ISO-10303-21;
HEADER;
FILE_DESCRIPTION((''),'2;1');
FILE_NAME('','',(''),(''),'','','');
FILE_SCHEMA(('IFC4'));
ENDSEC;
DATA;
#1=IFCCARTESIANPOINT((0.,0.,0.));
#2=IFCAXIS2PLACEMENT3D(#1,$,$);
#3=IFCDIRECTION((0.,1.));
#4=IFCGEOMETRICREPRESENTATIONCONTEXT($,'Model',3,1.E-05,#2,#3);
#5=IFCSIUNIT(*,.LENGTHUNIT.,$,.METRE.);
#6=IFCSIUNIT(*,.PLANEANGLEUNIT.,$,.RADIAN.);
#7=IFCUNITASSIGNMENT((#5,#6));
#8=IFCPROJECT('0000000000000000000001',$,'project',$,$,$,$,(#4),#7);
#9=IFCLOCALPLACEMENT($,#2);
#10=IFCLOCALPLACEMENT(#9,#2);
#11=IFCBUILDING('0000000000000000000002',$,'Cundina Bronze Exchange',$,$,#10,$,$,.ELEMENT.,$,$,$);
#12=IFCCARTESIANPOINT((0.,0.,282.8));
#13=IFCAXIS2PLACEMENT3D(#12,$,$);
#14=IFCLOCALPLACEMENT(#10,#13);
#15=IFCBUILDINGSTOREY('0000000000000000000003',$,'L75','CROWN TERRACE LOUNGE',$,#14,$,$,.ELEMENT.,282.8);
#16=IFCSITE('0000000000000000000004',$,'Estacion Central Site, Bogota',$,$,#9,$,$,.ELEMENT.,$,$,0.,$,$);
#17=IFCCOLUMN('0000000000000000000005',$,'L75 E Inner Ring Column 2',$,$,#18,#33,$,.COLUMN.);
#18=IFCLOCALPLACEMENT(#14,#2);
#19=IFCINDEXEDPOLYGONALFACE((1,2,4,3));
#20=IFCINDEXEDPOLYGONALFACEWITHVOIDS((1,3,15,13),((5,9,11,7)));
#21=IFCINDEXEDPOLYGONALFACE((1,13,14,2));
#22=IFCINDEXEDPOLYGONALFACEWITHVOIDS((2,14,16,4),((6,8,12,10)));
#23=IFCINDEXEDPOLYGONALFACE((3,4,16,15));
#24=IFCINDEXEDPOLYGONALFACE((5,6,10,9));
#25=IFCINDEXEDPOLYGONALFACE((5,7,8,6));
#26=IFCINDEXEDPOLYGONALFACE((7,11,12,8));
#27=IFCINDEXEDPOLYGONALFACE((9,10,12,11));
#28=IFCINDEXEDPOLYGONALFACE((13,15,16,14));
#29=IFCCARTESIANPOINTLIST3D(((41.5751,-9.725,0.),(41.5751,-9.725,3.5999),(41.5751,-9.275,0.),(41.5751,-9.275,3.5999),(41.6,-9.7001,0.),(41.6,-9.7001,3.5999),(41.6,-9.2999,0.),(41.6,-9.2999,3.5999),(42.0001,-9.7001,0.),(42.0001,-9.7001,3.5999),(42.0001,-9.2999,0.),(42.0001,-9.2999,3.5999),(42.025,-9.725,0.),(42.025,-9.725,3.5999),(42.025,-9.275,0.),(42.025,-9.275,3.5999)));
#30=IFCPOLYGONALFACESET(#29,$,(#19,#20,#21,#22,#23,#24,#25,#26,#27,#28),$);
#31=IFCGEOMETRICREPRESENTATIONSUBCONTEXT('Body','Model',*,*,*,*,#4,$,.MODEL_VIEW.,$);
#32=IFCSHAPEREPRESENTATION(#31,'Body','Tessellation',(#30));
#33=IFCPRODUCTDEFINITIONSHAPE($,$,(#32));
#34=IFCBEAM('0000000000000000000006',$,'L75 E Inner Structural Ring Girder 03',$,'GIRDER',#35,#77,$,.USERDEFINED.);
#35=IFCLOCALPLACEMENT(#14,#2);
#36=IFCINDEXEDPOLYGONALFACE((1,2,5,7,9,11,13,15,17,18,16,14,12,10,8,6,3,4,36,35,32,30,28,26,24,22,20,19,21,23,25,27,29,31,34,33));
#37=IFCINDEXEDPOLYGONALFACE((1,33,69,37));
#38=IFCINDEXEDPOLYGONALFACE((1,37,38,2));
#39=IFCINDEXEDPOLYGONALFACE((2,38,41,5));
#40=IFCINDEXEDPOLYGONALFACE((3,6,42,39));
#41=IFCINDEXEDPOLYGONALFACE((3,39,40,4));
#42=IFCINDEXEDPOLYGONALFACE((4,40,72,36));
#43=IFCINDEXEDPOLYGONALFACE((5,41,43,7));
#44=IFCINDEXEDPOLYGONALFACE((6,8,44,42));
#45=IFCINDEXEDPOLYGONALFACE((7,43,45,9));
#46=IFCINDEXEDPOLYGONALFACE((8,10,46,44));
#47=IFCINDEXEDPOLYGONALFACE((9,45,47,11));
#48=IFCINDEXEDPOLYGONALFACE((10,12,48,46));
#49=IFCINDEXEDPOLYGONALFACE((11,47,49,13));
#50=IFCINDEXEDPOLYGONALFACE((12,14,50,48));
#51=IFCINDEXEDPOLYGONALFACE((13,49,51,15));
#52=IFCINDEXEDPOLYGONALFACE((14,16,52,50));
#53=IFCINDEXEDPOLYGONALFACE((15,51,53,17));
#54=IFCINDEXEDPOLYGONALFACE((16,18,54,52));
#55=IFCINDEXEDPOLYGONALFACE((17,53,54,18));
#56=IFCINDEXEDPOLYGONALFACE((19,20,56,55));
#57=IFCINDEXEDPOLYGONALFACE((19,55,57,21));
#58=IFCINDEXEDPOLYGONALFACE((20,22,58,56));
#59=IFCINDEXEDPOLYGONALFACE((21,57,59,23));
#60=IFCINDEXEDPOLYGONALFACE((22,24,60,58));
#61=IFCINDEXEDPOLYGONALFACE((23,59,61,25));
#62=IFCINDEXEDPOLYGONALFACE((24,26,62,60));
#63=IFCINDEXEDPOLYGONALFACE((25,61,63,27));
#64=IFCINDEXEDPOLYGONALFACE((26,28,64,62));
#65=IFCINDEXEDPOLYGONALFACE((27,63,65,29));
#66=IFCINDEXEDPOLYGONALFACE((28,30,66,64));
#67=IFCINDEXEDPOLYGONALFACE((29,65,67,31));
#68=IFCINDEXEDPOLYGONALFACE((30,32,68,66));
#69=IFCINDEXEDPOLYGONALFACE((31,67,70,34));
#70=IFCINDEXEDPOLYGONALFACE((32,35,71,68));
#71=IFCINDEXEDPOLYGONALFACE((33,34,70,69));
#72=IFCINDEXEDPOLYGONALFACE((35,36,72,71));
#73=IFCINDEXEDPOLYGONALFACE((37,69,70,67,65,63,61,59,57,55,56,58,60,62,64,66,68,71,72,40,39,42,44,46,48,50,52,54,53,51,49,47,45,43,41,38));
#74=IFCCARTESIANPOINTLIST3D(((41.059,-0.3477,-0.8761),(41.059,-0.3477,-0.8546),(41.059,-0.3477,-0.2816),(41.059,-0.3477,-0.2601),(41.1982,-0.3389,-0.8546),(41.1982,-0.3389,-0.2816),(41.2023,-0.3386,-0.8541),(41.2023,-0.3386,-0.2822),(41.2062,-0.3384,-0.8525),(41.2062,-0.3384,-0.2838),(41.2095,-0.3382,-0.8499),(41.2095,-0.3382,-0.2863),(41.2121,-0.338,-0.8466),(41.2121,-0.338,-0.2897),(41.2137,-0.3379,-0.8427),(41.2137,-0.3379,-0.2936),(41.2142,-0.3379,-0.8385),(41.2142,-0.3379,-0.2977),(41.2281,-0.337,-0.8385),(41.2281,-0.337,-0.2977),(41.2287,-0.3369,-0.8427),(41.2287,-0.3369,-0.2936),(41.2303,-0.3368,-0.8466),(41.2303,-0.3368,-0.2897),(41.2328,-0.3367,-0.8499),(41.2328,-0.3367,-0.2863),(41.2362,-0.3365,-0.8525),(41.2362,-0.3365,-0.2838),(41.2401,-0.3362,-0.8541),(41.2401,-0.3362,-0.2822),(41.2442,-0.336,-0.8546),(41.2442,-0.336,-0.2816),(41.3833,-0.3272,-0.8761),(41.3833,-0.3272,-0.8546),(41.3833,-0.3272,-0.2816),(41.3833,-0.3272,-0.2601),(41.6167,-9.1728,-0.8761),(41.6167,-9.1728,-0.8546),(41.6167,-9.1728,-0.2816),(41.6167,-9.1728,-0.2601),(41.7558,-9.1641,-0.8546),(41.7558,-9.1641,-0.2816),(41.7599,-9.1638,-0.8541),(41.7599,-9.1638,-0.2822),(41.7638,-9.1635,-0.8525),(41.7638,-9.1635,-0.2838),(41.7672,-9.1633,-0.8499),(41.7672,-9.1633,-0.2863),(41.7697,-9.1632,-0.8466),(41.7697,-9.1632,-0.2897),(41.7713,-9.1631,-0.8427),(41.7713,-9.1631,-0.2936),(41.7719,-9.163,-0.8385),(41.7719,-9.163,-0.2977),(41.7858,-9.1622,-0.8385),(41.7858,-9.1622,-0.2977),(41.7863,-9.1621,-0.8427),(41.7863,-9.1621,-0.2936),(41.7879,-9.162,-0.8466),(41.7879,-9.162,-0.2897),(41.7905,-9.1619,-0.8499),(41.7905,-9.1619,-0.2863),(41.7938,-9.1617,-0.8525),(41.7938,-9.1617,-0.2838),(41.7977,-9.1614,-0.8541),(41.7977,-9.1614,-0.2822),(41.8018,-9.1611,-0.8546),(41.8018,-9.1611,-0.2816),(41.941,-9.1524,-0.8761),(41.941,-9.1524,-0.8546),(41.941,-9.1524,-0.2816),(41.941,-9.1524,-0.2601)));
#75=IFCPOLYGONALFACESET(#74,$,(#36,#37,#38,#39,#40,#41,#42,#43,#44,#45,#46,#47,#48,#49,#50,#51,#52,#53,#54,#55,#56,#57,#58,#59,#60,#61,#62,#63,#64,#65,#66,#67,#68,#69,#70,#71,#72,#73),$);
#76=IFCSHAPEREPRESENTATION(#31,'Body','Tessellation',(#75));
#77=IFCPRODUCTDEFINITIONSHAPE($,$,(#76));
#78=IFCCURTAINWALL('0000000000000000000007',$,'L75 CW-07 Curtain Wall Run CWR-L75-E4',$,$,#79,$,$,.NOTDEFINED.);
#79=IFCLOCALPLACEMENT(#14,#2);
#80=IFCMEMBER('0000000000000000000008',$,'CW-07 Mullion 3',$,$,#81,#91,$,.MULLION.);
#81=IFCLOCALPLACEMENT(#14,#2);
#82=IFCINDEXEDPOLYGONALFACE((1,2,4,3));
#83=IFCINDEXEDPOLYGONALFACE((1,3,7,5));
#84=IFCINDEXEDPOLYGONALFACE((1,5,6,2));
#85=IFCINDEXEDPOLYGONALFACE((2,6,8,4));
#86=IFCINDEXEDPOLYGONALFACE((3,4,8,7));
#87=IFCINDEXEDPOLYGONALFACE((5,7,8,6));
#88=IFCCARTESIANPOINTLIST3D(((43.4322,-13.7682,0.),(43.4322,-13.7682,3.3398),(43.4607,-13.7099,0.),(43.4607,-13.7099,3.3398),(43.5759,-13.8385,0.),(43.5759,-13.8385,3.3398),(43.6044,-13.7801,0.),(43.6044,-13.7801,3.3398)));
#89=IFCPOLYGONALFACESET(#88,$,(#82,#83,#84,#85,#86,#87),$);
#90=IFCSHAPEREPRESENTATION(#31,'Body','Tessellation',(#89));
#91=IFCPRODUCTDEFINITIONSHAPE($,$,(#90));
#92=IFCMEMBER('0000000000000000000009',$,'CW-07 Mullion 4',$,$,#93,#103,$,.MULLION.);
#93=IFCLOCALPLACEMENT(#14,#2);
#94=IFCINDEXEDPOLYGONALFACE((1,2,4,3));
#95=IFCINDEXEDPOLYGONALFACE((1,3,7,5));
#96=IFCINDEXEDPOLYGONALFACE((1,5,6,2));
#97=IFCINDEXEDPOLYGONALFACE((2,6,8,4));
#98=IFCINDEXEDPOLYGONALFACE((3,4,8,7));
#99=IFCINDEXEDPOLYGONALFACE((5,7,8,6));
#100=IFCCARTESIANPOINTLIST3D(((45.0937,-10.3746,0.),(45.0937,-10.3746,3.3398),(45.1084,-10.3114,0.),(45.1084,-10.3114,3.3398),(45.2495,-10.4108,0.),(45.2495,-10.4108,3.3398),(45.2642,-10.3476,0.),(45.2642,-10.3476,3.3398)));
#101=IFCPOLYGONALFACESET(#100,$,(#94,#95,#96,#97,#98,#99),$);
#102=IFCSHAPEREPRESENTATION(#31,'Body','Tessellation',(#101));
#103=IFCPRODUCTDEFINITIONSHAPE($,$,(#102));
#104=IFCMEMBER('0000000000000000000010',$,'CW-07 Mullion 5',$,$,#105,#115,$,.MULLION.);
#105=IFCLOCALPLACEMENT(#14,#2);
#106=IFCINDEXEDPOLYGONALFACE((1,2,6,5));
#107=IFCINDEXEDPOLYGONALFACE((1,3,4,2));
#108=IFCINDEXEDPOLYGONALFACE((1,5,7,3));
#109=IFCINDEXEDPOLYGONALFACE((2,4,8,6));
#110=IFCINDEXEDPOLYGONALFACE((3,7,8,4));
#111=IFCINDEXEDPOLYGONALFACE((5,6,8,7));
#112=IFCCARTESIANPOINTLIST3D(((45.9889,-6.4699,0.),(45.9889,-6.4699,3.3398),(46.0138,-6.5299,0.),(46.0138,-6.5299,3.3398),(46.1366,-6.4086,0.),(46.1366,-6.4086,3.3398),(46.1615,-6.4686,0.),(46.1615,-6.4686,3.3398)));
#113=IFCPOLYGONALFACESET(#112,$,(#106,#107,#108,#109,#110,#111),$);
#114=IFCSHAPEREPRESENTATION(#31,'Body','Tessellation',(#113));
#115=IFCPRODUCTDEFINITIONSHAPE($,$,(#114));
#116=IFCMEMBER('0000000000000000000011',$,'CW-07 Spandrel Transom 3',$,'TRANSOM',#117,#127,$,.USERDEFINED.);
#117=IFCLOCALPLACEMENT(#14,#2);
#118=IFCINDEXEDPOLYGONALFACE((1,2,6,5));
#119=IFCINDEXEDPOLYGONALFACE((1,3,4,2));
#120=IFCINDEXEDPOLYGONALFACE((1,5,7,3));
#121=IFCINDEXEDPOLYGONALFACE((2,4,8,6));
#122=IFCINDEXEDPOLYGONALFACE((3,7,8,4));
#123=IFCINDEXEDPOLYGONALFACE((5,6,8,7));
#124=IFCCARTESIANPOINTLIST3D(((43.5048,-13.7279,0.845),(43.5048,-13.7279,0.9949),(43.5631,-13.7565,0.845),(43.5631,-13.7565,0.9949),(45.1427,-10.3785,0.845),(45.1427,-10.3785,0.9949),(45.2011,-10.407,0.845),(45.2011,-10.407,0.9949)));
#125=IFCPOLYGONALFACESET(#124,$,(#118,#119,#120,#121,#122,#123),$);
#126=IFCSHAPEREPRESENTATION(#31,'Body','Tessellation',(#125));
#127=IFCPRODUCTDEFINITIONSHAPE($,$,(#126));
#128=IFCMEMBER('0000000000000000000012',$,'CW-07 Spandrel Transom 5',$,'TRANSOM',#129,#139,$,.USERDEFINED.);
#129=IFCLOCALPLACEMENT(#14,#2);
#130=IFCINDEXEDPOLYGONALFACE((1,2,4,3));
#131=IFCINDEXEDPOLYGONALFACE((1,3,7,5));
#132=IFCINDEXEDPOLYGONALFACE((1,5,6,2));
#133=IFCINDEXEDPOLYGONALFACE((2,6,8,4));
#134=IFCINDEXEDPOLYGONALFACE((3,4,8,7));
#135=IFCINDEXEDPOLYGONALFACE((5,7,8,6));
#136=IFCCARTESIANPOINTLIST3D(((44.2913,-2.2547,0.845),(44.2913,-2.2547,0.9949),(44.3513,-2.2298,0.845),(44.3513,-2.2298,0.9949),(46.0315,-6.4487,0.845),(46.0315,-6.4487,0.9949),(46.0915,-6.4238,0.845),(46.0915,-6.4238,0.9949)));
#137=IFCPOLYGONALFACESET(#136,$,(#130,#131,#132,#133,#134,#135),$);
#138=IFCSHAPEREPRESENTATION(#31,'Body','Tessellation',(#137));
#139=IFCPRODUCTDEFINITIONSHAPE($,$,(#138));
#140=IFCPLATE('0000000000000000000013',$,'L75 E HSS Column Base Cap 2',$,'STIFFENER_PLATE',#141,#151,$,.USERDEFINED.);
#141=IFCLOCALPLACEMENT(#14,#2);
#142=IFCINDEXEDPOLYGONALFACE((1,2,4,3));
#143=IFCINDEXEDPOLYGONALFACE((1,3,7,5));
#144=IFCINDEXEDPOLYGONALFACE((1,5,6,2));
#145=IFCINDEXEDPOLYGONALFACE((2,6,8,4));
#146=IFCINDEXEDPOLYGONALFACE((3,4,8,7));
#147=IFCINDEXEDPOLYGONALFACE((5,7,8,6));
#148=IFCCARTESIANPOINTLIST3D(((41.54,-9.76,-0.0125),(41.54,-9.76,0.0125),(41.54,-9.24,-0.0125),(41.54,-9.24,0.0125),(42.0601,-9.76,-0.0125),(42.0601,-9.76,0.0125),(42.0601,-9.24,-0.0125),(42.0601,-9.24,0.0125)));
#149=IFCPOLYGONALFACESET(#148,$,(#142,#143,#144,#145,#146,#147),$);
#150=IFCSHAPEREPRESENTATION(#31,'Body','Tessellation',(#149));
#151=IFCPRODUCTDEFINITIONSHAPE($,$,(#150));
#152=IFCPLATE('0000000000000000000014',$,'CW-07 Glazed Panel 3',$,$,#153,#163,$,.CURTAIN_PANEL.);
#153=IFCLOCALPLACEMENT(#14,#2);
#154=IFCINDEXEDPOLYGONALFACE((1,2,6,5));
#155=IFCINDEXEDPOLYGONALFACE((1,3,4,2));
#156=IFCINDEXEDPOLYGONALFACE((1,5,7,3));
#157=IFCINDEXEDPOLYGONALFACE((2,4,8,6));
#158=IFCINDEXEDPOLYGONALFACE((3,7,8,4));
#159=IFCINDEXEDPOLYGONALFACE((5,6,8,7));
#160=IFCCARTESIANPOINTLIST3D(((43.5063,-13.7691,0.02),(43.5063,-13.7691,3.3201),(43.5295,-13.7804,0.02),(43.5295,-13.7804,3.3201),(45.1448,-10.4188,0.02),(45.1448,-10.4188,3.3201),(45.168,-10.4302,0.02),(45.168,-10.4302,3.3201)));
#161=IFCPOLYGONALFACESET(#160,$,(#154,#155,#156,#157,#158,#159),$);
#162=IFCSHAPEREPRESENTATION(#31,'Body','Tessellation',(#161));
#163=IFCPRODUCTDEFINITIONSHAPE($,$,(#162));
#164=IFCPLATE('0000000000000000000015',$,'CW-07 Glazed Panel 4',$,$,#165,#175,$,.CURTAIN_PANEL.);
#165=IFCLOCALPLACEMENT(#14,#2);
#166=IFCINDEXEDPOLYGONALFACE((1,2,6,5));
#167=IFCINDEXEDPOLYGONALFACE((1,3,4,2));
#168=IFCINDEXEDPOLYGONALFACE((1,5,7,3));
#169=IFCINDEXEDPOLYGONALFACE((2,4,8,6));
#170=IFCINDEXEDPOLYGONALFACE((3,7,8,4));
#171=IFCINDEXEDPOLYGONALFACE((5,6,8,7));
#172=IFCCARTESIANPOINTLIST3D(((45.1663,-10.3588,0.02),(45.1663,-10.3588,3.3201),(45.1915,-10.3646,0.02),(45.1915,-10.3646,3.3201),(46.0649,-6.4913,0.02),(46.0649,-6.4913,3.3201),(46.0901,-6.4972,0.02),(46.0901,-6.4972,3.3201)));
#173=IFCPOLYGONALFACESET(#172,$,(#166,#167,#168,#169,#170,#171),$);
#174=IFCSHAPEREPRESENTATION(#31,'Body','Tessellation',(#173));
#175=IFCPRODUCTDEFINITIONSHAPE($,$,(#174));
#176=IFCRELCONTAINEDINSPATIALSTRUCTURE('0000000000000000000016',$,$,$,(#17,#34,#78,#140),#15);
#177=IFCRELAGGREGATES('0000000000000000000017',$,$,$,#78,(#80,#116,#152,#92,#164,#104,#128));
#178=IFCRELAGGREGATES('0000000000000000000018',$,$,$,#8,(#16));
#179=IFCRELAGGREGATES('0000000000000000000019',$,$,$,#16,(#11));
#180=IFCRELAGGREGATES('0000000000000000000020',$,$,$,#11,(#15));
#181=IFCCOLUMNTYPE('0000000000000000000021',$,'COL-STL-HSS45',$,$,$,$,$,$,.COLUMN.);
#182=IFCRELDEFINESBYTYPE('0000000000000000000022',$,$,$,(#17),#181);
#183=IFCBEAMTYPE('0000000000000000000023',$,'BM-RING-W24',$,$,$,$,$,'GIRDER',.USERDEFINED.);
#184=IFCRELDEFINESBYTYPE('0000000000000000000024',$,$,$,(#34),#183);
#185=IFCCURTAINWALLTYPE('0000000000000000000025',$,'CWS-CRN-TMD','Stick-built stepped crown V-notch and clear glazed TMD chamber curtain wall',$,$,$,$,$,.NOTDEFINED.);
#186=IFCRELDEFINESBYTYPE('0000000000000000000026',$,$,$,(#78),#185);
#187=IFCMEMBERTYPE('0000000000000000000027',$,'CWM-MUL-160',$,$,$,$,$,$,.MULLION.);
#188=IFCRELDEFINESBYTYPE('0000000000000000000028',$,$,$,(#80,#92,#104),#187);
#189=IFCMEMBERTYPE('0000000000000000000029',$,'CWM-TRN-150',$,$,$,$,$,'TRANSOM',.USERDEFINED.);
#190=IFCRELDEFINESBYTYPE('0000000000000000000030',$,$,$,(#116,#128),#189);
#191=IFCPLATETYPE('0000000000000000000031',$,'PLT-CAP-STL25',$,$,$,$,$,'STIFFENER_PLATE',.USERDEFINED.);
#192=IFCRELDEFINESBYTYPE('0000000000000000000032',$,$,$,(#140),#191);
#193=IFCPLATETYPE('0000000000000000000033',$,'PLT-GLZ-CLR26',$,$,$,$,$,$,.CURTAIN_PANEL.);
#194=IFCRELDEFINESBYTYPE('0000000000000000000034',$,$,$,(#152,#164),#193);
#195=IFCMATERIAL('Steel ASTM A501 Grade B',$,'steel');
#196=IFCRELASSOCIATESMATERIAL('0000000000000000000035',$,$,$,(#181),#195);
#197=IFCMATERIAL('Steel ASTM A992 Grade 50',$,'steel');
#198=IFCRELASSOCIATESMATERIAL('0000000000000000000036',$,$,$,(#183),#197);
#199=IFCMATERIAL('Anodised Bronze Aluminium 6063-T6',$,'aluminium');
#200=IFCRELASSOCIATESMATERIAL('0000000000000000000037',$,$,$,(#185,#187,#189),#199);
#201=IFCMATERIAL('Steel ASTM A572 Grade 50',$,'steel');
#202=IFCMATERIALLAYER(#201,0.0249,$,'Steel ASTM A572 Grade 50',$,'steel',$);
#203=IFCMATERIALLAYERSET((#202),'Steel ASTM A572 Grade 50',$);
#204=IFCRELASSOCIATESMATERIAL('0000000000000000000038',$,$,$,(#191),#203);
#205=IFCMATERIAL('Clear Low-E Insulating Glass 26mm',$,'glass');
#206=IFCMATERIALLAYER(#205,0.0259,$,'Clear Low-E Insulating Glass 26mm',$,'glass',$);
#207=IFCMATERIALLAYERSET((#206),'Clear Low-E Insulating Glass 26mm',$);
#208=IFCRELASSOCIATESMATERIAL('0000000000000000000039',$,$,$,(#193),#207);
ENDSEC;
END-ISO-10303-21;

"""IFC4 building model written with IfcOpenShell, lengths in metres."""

from ifc_helpers import new_model, si_unit, direction, frame, origin, origin_2d, place, context, subcontext, project, spatial, rectangle, hollow_rectangle, i_section, extrude, material, layer, layer_set, material_profile, profile_set, type_object, element, aggregate, save


model = new_model("IFC4")

# Units and contexts
model_context = context("Model", 3, precision=1e-05, world=origin(), true_north=direction((0.0, 1.0)))
body_context = subcontext(model_context, "Body", "Model", "MODEL_VIEW")
ifc_project = project(units=[si_unit("LENGTHUNIT", "METRE"), si_unit("PLANEANGLEUNIT", "RADIAN")], contexts=[model_context])

# Site, building, storey
site_placement = place(None, origin())
site = spatial("IfcSite", under=ifc_project, at=site_placement, Name="Estacion Central Site, Bogota", CompositionType="ELEMENT", RefElevation=0.0)
building_placement = place(site_placement, origin())
building = spatial("IfcBuilding", under=site, at=building_placement, Name="Cundina Bronze Exchange", CompositionType="ELEMENT")
storey_placement = place(building_placement, frame((0.0, 0.0, 282.8)))
storey = spatial("IfcBuildingStorey", under=building, at=storey_placement, Name="L75", Description="CROWN TERRACE LOUNGE", CompositionType="ELEMENT", Elevation=282.8)

# Column
ifc_material_1 = material(Name="Steel ASTM A501 Grade B", Category="steel")
ifc_material_profile_1 = material_profile(ifc_material_1, hollow_rectangle(XDim=0.45, YDim=0.45, WallThickness=0.0249, at=origin_2d()), Name="HSS450X450X25", Category="steel")
ifc_profile_set_1 = profile_set([ifc_material_profile_1], Name="Steel ASTM A501 Grade B")
column_type = type_object("IfcColumnType", Name="COL-STL-HSS45", PredefinedType="COLUMN", material=ifc_profile_set_1)
column_placement = place(storey_placement, frame((41.8, -9.5, 0.0), z_axis=(0.0, 0.0, 1.0), x_axis=(1.0, 0.0, 0.0)))
element("IfcColumn", 1, at=column_placement, inside=storey, type_object=column_type, Name="L75 E Inner Ring Column 2", PredefinedType="COLUMN", context=body_context, shape_type="SweptSolid", body=[
    extrude(hollow_rectangle(XDim=0.45, YDim=0.45, WallThickness=0.0249, at=origin_2d()), origin(), (0.0, 0.0, 1.0), 3.5999),
])

# Beam
ifc_material_2 = material(Name="Steel ASTM A992 Grade 50", Category="steel")
ifc_material_profile_2 = material_profile(ifc_material_2, i_section(OverallWidth=0.325, OverallDepth=0.616, WebThickness=0.0139, FlangeThickness=0.0215, FilletRadius=0.0161, at=origin_2d()), Name="W24X117", Category="steel")
ifc_profile_set_2 = profile_set([ifc_material_profile_2], Name="Steel ASTM A992 Grade 50")
beam_type = type_object("IfcBeamType", Name="BM-RING-W24", ElementType="GIRDER", PredefinedType="USERDEFINED", material=ifc_profile_set_2)
beam_placement = place(storey_placement, frame((41.7788, -9.1626, -0.5681), z_axis=(-0.063059, 0.99801, 0.0), x_axis=(-0.99801, -0.063059, 0.0)))
element("IfcBeam", 2, at=beam_placement, inside=storey, type_object=beam_type, Name="L75 E Inner Structural Ring Girder 03", ObjectType="GIRDER", PredefinedType="USERDEFINED", context=body_context, shape_type="SweptSolid", body=[
    extrude(i_section(OverallWidth=0.325, OverallDepth=0.616, WebThickness=0.0139, FlangeThickness=0.0215, FilletRadius=0.0161, at=origin_2d()), origin(), (0.0, 0.0, 1.0), 8.8428),
])

# Curtain wall, members
ifc_material_3 = material(Name="Anodised Bronze Aluminium 6063-T6", Category="aluminium")
curtain_wall_type = type_object("IfcCurtainWallType", Name="CWS-CRN-TMD", Description="Stick-built stepped crown V-notch and clear glazed TMD chamber curtain wall", PredefinedType="NOTDEFINED", material=ifc_material_3)
curtain_wall_placement = place(storey_placement, origin())
curtain_wall = element("IfcCurtainWall", 3, at=curtain_wall_placement, inside=storey, type_object=curtain_wall_type, Name="L75 CW-07 Curtain Wall Run CWR-L75-E4", PredefinedType="NOTDEFINED")
ifc_material_profile_3 = material_profile(ifc_material_3, rectangle(XDim=0.0649, YDim=0.1599, at=origin_2d()), Name="AL65X160", Category="aluminium")
ifc_profile_set_3 = profile_set([ifc_material_profile_3], Name="Anodised Bronze Aluminium 6063-T6")
member_type_1 = type_object("IfcMemberType", Name="CWM-MUL-160", PredefinedType="MULLION", material=ifc_profile_set_3)
member_1_placement = place(storey_placement, frame((43.5183, -13.7742, 0.0), z_axis=(0.0, 0.0, 1.0), x_axis=(0.439312, 0.898334, 0.0)))
member_1 = element("IfcMember", 4, at=member_1_placement, type_object=member_type_1, Name="CW-07 Mullion 3", PredefinedType="MULLION", context=body_context, shape_type="SweptSolid", body=[
    extrude(rectangle(XDim=0.0649, YDim=0.1599, at=origin_2d()), origin(), (0.0, 0.0, 1.0), 3.3398),
])
member_2_placement = place(storey_placement, frame((45.179, -10.3611, 0.0), z_axis=(0.0, 0.0, 1.0), x_axis=(0.226311, 0.974055, 0.0)))
member_2 = element("IfcMember", 5, at=member_2_placement, type_object=member_type_1, Name="CW-07 Mullion 4", PredefinedType="MULLION", context=body_context, shape_type="SweptSolid", body=[
    extrude(rectangle(XDim=0.0649, YDim=0.1599, at=origin_2d()), origin(), (0.0, 0.0, 1.0), 3.3398),
])
member_3_placement = place(storey_placement, frame((46.0752, -6.4692, 0.0), z_axis=(0.0, 0.0, 1.0), x_axis=(-0.383167, 0.923679, 0.0)))
member_3 = element("IfcMember", 6, at=member_3_placement, type_object=member_type_1, Name="CW-07 Mullion 5", PredefinedType="MULLION", context=body_context, shape_type="SweptSolid", body=[
    extrude(rectangle(XDim=0.0649, YDim=0.1599, at=origin_2d()), origin(), (0.0, 0.0, 1.0), 3.3398),
])
ifc_material_profile_4 = material_profile(ifc_material_3, rectangle(XDim=0.0649, YDim=0.1499, at=origin_2d()), Name="AL65X150", Category="aluminium")
ifc_profile_set_4 = profile_set([ifc_material_profile_4], Name="Anodised Bronze Aluminium 6063-T6")
member_type_2 = type_object("IfcMemberType", Name="CWM-TRN-150", ElementType="TRANSOM", PredefinedType="USERDEFINED", material=ifc_profile_set_4)
member_4_placement = place(storey_placement, frame((43.5339, -13.7422, 0.9199), z_axis=(0.439312, 0.898334, 0.0), x_axis=(-0.898334, 0.439312, 0.0)))
member_4 = element("IfcMember", 7, at=member_4_placement, type_object=member_type_2, Name="CW-07 Spandrel Transom 3", ObjectType="TRANSOM", PredefinedType="USERDEFINED", context=body_context, shape_type="SweptSolid", body=[
    extrude(rectangle(XDim=0.0649, YDim=0.1499, at=origin_2d()), origin(), (0.0, 0.0, 1.0), 3.7285),
])
member_5_placement = place(storey_placement, frame((46.0615, -6.4363, 0.9199), z_axis=(-0.383244, 0.923647, 0.0), x_axis=(-0.923647, -0.383244, 0.0)))
member_5 = element("IfcMember", 8, at=member_5_placement, type_object=member_type_2, Name="CW-07 Spandrel Transom 5", ObjectType="TRANSOM", PredefinedType="USERDEFINED", context=body_context, shape_type="SweptSolid", body=[
    extrude(rectangle(XDim=0.0649, YDim=0.1499, at=origin_2d()), origin(), (0.0, 0.0, 1.0), 4.5408),
])

# Plates
ifc_material_4 = material(Name="Steel ASTM A572 Grade 50", Category="steel")
ifc_layer_1 = layer(ifc_material_4, 0.0249, Name="Steel ASTM A572 Grade 50", Category="steel")
ifc_layer_set_1 = layer_set([ifc_layer_1], Name="Steel ASTM A572 Grade 50")
plate_type_1 = type_object("IfcPlateType", Name="PLT-CAP-STL25", ElementType="STIFFENER_PLATE", PredefinedType="USERDEFINED", material=ifc_layer_set_1)
plate_1_placement = place(storey_placement, frame((41.8, -9.5, -0.0125), z_axis=(0.0, 0.0, 1.0), x_axis=(1.0, 0.0, 0.0)))
element("IfcPlate", 9, at=plate_1_placement, inside=storey, type_object=plate_type_1, Name="L75 E HSS Column Base Cap 2", ObjectType="STIFFENER_PLATE", PredefinedType="USERDEFINED", context=body_context, shape_type="SweptSolid", body=[
    extrude(rectangle(XDim=0.52, YDim=0.52, at=origin_2d()), origin(), (0.0, 0.0, 1.0), 0.0249),
])
ifc_material_5 = material(Name="Clear Low-E Insulating Glass 26mm", Category="glass")
ifc_layer_2 = layer(ifc_material_5, 0.0259, Name="Clear Low-E Insulating Glass 26mm", Category="glass")
ifc_layer_set_2 = layer_set([ifc_layer_2], Name="Clear Low-E Insulating Glass 26mm")
plate_type_2 = type_object("IfcPlateType", Name="PLT-GLZ-CLR26", PredefinedType="CURTAIN_PANEL", material=ifc_layer_set_2)
plate_2_placement = place(storey_placement, frame((44.3372, -12.0996, 0.02), z_axis=(0.0, 0.0, 1.0), x_axis=(0.439343, 0.898319, 0.0)))
plate_2 = element("IfcPlate", 10, at=plate_2_placement, type_object=plate_type_2, Name="CW-07 Glazed Panel 3", PredefinedType="CURTAIN_PANEL", context=body_context, shape_type="SweptSolid", body=[
    extrude(rectangle(XDim=3.7295, YDim=0.0259, at=origin_2d()), origin(), (0.0, 0.0, 1.0), 3.3),
])
plate_3_placement = place(storey_placement, frame((45.6282, -8.428, 0.02), z_axis=(0.0, 0.0, 1.0), x_axis=(0.226328, 0.974051, 0.0)))
plate_3 = element("IfcPlate", 11, at=plate_3_placement, type_object=plate_type_2, Name="CW-07 Glazed Panel 4", PredefinedType="CURTAIN_PANEL", context=body_context, shape_type="SweptSolid", body=[
    extrude(rectangle(XDim=3.9705, YDim=0.0259, at=origin_2d()), origin(), (0.0, 0.0, 1.0), 3.3),
])
aggregate(curtain_wall, [member_1, member_4, plate_2, member_2, plate_3, member_3, member_5])

save(model, "model.ifc")
